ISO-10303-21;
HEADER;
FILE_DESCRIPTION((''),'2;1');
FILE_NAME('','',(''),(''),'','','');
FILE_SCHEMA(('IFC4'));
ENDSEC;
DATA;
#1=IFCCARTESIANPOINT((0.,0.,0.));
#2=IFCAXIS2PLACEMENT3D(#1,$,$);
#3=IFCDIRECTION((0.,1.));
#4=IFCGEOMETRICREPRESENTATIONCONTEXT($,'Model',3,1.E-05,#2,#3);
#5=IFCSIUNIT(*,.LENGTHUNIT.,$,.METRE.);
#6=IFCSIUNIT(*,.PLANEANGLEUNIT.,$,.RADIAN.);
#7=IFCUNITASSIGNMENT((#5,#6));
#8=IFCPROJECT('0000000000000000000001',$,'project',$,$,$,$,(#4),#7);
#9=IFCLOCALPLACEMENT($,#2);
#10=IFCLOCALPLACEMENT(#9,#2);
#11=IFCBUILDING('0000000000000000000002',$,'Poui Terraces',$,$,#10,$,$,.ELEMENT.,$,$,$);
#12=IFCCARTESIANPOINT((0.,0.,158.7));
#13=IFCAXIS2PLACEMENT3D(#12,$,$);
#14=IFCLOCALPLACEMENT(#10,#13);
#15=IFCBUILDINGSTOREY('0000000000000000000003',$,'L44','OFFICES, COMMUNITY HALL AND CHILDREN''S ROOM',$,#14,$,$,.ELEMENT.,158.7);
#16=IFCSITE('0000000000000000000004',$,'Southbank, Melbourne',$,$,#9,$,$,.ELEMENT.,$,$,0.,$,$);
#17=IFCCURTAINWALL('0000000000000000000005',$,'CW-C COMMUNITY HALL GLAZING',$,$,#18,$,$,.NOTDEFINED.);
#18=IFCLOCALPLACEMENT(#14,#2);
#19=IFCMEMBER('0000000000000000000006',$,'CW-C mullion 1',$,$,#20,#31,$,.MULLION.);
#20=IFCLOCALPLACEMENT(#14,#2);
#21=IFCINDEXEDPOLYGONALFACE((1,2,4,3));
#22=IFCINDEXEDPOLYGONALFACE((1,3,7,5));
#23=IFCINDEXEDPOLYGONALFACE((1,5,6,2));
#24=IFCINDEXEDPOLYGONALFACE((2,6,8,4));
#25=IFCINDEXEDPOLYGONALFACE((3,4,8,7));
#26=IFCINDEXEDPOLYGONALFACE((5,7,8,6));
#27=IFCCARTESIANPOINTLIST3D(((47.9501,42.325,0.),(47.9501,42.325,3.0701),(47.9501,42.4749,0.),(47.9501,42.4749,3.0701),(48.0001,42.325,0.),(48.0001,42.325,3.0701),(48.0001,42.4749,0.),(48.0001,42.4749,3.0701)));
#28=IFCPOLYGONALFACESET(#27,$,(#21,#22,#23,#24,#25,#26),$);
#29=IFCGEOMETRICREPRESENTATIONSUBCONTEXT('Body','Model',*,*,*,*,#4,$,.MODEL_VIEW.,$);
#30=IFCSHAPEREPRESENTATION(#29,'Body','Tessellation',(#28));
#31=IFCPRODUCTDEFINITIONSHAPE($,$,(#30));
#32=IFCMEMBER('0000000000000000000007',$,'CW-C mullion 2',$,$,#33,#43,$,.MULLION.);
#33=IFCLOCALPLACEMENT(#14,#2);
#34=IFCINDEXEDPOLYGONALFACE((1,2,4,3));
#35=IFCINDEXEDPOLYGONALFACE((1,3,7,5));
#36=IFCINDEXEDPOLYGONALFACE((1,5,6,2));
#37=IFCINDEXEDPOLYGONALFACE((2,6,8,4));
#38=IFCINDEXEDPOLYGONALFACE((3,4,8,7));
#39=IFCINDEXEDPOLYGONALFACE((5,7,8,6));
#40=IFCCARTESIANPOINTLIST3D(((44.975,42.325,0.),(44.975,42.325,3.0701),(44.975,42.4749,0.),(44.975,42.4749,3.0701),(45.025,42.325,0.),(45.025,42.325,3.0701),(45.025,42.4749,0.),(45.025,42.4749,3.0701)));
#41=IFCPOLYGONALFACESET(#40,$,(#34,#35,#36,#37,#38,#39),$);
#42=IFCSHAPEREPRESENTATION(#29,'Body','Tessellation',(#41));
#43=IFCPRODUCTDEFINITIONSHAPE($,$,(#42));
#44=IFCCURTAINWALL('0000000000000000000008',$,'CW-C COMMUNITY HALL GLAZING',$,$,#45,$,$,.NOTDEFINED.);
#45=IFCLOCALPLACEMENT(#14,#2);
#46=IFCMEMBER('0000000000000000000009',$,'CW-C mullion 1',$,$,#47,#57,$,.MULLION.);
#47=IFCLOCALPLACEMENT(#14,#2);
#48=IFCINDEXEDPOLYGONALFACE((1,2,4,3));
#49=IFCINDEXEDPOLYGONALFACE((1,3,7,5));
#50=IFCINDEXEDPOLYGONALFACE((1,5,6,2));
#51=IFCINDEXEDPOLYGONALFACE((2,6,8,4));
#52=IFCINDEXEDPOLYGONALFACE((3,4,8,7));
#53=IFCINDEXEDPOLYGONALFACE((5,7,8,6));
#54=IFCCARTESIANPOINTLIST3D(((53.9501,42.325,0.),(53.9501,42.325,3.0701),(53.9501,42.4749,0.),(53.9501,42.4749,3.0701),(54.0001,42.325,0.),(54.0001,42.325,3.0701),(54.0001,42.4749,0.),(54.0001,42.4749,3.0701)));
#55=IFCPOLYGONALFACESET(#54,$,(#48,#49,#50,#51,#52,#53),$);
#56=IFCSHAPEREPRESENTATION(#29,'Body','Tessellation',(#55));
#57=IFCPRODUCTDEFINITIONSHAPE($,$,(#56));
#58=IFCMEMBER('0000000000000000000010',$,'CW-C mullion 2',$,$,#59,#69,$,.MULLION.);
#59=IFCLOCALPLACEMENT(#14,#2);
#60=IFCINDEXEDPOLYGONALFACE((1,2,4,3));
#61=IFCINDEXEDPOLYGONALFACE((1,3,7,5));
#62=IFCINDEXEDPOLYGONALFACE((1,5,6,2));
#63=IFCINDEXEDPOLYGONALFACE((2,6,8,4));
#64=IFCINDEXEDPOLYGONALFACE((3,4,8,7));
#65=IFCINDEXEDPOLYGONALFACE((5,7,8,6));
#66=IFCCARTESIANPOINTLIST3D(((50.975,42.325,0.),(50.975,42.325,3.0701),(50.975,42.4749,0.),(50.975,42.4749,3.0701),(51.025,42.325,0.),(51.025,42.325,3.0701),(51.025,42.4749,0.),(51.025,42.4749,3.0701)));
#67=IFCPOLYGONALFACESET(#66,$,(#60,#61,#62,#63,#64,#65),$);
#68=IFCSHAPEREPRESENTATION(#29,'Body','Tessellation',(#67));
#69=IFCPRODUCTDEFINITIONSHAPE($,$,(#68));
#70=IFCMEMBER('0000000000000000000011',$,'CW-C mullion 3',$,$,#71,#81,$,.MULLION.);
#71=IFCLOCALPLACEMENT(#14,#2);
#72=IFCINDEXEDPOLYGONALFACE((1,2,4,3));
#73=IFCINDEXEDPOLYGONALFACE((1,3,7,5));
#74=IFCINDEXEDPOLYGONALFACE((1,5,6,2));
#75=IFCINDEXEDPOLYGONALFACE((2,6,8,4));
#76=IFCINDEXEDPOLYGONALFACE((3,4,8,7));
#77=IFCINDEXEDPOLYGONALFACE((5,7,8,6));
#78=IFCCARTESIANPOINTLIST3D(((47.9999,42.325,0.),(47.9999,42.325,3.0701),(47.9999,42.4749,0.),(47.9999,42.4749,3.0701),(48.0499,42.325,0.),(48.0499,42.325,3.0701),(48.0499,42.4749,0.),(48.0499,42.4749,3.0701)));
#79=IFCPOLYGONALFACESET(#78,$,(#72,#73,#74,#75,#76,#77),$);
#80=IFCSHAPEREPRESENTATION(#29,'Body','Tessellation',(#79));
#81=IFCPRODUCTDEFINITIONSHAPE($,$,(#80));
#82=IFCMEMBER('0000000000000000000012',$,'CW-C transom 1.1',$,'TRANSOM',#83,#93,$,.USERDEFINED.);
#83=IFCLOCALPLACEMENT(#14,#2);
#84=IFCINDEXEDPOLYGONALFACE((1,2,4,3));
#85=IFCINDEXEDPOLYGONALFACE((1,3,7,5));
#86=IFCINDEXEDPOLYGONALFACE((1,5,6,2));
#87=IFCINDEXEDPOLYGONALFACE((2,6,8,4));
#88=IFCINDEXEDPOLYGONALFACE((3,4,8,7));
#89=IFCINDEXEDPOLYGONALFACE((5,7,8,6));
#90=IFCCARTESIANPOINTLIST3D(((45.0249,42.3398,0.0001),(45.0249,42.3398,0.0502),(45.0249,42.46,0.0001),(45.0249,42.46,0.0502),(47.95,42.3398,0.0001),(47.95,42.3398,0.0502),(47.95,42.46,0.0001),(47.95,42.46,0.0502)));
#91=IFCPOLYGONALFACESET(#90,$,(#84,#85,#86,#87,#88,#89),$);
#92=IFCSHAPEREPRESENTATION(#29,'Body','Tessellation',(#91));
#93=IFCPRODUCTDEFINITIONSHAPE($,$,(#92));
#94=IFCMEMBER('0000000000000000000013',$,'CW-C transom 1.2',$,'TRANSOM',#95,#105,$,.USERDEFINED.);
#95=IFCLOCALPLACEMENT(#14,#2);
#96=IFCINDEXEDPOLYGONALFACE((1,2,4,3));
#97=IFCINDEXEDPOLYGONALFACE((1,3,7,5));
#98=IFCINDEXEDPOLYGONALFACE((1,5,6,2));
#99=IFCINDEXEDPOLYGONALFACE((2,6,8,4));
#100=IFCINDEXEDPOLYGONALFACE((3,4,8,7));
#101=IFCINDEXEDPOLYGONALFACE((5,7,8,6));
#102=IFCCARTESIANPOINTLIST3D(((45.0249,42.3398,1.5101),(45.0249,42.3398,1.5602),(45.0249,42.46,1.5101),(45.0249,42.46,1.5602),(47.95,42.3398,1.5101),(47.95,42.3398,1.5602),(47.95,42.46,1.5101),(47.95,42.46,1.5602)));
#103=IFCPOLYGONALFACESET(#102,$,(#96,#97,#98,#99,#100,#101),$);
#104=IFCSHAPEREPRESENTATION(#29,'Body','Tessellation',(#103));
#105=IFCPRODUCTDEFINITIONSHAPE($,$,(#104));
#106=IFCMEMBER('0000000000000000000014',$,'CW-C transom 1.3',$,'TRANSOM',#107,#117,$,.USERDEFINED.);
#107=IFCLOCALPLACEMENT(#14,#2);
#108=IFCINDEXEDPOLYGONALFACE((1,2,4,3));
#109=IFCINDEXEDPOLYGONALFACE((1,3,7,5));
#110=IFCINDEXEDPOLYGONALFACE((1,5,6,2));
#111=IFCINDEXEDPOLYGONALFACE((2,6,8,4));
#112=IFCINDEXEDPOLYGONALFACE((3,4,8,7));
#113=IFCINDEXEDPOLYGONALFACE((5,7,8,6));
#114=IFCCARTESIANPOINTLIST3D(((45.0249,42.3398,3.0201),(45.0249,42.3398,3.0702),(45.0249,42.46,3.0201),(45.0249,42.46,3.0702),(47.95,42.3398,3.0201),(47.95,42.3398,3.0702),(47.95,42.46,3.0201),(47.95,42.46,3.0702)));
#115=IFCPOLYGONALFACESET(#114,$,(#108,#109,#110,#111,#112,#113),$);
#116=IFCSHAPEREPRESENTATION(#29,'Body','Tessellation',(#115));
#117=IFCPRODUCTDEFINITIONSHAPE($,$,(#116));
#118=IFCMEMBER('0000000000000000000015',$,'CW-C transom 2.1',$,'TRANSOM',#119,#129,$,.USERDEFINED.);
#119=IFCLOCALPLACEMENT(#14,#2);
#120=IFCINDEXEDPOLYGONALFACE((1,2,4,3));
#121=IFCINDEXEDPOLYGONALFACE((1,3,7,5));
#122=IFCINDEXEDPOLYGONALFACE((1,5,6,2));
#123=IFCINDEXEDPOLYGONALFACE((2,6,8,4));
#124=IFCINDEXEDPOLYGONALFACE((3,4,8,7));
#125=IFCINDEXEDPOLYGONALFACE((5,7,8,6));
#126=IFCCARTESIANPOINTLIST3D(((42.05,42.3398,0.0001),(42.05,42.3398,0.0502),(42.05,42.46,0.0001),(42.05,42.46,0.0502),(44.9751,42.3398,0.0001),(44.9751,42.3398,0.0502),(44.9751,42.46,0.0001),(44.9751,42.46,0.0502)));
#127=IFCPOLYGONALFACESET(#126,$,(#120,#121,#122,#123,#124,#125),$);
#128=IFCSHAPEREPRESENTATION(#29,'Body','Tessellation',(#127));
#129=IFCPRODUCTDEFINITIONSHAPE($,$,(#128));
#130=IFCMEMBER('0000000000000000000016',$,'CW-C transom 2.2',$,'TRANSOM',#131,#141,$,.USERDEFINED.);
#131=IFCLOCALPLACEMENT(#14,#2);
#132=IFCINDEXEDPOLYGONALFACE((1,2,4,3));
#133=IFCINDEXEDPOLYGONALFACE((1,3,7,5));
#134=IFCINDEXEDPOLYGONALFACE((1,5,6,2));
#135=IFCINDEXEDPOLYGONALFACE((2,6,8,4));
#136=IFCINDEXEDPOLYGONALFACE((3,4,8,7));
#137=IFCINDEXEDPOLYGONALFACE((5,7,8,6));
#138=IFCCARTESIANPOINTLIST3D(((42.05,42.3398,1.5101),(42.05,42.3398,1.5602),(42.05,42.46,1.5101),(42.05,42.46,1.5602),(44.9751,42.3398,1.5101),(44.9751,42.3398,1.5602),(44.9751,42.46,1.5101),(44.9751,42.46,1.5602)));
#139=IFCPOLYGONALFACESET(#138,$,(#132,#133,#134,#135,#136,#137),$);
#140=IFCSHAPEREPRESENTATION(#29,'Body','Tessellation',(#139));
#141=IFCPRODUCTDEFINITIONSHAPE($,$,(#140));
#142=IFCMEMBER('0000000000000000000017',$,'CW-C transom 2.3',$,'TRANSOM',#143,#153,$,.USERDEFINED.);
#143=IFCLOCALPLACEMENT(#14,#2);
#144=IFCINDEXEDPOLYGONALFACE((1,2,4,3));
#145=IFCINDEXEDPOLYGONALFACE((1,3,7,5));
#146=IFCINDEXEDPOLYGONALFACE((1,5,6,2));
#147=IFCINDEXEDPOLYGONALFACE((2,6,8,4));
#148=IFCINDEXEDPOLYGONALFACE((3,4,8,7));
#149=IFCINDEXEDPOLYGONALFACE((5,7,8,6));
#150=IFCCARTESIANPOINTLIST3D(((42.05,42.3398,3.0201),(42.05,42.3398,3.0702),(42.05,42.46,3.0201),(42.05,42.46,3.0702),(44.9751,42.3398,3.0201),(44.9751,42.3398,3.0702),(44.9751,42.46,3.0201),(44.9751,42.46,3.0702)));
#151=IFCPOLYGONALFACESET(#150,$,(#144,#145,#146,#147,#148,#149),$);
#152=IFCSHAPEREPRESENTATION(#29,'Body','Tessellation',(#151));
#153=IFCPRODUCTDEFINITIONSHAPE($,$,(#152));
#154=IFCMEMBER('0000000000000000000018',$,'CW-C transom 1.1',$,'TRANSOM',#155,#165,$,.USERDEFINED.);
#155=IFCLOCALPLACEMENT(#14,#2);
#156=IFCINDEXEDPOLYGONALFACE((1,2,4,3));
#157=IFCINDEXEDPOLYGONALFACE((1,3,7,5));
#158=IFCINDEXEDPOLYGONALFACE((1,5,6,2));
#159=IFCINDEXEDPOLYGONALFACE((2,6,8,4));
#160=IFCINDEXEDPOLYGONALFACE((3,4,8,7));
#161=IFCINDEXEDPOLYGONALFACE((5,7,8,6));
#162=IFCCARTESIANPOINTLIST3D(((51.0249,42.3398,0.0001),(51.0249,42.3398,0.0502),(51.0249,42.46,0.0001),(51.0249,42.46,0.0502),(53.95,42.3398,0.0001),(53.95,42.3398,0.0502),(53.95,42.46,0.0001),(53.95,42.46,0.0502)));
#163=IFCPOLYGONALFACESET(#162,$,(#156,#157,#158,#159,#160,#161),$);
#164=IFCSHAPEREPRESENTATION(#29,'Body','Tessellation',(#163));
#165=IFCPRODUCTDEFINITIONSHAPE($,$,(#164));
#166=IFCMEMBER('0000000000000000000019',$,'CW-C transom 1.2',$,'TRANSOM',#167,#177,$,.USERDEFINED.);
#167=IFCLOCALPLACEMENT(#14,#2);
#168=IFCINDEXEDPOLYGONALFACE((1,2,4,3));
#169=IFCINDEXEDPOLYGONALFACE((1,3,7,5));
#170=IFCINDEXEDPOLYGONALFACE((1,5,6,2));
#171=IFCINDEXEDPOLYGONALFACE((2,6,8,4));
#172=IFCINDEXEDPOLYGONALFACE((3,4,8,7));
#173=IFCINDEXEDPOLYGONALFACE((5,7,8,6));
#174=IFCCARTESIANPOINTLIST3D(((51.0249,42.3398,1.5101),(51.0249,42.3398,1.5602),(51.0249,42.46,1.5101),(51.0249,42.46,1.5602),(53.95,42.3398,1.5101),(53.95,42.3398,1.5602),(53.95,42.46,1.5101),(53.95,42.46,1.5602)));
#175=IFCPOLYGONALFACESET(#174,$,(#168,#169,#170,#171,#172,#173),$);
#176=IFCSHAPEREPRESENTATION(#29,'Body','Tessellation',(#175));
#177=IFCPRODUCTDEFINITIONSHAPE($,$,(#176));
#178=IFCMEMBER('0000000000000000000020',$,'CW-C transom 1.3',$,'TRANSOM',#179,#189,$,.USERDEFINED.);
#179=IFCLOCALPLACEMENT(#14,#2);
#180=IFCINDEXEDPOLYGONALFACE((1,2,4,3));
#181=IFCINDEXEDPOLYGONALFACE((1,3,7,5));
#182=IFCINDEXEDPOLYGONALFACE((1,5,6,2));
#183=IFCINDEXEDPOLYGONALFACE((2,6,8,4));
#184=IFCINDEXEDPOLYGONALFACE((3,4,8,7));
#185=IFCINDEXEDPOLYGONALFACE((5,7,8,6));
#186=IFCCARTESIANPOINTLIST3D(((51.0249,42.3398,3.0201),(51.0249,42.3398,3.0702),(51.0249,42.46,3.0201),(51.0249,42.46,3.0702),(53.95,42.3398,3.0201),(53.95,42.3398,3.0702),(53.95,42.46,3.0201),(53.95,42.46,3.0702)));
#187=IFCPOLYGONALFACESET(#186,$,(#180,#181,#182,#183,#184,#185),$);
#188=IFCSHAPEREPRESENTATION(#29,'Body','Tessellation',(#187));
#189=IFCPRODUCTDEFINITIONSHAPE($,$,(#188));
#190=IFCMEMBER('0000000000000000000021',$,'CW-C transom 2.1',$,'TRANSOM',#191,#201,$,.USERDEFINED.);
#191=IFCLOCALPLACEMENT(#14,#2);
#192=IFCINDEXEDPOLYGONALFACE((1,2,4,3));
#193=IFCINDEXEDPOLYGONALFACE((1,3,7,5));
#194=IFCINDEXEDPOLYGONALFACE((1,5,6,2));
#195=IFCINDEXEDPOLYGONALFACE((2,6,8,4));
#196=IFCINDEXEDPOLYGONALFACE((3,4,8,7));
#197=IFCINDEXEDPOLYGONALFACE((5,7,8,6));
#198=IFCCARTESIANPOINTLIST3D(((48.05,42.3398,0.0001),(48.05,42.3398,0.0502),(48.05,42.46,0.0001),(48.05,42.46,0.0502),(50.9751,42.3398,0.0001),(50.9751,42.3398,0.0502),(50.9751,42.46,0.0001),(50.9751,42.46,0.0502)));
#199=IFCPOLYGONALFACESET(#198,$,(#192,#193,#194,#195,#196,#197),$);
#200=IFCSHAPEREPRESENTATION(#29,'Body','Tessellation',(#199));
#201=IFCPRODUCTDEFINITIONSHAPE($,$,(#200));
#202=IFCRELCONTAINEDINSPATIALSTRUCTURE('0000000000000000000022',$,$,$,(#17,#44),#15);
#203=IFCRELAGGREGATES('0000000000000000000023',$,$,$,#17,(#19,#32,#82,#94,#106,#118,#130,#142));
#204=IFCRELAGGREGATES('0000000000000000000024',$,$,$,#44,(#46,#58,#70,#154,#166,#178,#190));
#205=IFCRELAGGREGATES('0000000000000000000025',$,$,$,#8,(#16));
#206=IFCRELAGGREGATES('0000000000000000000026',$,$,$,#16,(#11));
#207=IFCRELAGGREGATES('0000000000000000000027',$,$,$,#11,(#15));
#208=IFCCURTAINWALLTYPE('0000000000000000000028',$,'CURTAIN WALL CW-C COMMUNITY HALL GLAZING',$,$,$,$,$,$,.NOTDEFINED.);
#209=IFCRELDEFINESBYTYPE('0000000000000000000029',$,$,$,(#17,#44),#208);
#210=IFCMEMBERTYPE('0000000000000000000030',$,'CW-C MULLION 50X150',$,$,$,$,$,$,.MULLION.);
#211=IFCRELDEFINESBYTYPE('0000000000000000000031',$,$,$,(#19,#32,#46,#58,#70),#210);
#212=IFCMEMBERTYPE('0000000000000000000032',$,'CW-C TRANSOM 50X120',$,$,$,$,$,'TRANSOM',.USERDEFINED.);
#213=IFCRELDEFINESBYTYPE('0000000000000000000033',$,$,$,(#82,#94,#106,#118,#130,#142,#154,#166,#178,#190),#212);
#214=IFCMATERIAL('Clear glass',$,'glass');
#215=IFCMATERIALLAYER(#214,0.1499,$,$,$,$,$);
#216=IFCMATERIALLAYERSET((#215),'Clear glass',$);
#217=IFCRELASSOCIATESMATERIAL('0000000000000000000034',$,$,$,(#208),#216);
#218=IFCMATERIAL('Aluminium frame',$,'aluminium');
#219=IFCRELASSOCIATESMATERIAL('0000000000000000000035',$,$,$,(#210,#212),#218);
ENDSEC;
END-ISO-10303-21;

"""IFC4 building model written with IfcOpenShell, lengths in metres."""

from ifc_helpers import new_model, si_unit, direction, frame, origin, origin_2d, place, context, subcontext, project, spatial, rectangle, extrude, material, layer, layer_set, material_profile, profile_set, type_object, element, aggregate, save


model = new_model("IFC4")

# Units and contexts
model_context = context("Model", 3, precision=1e-05, world=origin(), true_north=direction((0.0, 1.0)))
body_context = subcontext(model_context, "Body", "Model", "MODEL_VIEW")
ifc_project = project(units=[si_unit("LENGTHUNIT", "METRE"), si_unit("PLANEANGLEUNIT", "RADIAN")], contexts=[model_context])

# Site, building, storey
site_placement = place(None, origin())
site = spatial("IfcSite", under=ifc_project, at=site_placement, Name="Southbank, Melbourne", CompositionType="ELEMENT", RefElevation=0.0)
building_placement = place(site_placement, origin())
building = spatial("IfcBuilding", under=site, at=building_placement, Name="Poui Terraces", CompositionType="ELEMENT")
storey_placement = place(building_placement, frame((0.0, 0.0, 158.7)))
storey = spatial("IfcBuildingStorey", under=building, at=storey_placement, Name="L44", Description="OFFICES, COMMUNITY HALL AND CHILDREN'S ROOM", CompositionType="ELEMENT", Elevation=158.7)

# Curtain walls, members
ifc_material_1 = material(Name="Clear glass", Category="glass")
ifc_layer_1 = layer(ifc_material_1, 0.1499)
ifc_layer_set_1 = layer_set([ifc_layer_1], Name="Clear glass")
curtain_wall_type = type_object("IfcCurtainWallType", Name="CURTAIN WALL CW-C COMMUNITY HALL GLAZING", PredefinedType="NOTDEFINED", material=ifc_layer_set_1)
curtain_wall_1_placement = place(storey_placement, origin())
curtain_wall_1 = element("IfcCurtainWall", 1, at=curtain_wall_1_placement, inside=storey, type_object=curtain_wall_type, Name="CW-C COMMUNITY HALL GLAZING", PredefinedType="NOTDEFINED")
ifc_material_2 = material(Name="Aluminium frame", Category="aluminium")
ifc_material_profile_1 = material_profile(ifc_material_2, rectangle(XDim=0.1499, YDim=0.05, at=origin_2d()), Name="CW-C MULLION 50X150")
ifc_profile_set_1 = profile_set([ifc_material_profile_1], Name="Aluminium frame")
member_type_1 = type_object("IfcMemberType", Name="CW-C MULLION 50X150", PredefinedType="MULLION", material=ifc_profile_set_1)
member_1_placement = place(storey_placement, frame((47.9751, 42.3999, 0.0), z_axis=(0.0, 0.0, 1.0), x_axis=(0.0, -1.0, 0.0)))
member_1 = element("IfcMember", 2, at=member_1_placement, type_object=member_type_1, Name="CW-C mullion 1", PredefinedType="MULLION", context=body_context, shape_type="SweptSolid", body=[
    extrude(rectangle(XDim=0.1499, YDim=0.05, at=origin_2d()), origin(), (0.0, 0.0, 1.0), 3.0701),
])
member_2_placement = place(storey_placement, frame((45.0, 42.3999, 0.0), z_axis=(0.0, 0.0, 1.0), x_axis=(0.0, -1.0, 0.0)))
member_2 = element("IfcMember", 3, at=member_2_placement, type_object=member_type_1, Name="CW-C mullion 2", PredefinedType="MULLION", context=body_context, shape_type="SweptSolid", body=[
    extrude(rectangle(XDim=0.1499, YDim=0.05, at=origin_2d()), origin(), (0.0, 0.0, 1.0), 3.0701),
])
curtain_wall_2_placement = place(storey_placement, origin())
curtain_wall_2 = element("IfcCurtainWall", 4, at=curtain_wall_2_placement, inside=storey, type_object=curtain_wall_type, Name="CW-C COMMUNITY HALL GLAZING", PredefinedType="NOTDEFINED")
member_3_placement = place(storey_placement, frame((53.9751, 42.3999, 0.0), z_axis=(0.0, 0.0, 1.0), x_axis=(0.0, -1.0, 0.0)))
member_3 = element("IfcMember", 5, at=member_3_placement, type_object=member_type_1, Name="CW-C mullion 1", PredefinedType="MULLION", context=body_context, shape_type="SweptSolid", body=[
    extrude(rectangle(XDim=0.1499, YDim=0.05, at=origin_2d()), origin(), (0.0, 0.0, 1.0), 3.0701),
])
member_4_placement = place(storey_placement, frame((51.0, 42.3999, 0.0), z_axis=(0.0, 0.0, 1.0), x_axis=(0.0, -1.0, 0.0)))
member_4 = element("IfcMember", 6, at=member_4_placement, type_object=member_type_1, Name="CW-C mullion 2", PredefinedType="MULLION", context=body_context, shape_type="SweptSolid", body=[
    extrude(rectangle(XDim=0.1499, YDim=0.05, at=origin_2d()), origin(), (0.0, 0.0, 1.0), 3.0701),
])
member_5_placement = place(storey_placement, frame((48.0249, 42.3999, 0.0), z_axis=(0.0, 0.0, 1.0), x_axis=(0.0, -1.0, 0.0)))
member_5 = element("IfcMember", 7, at=member_5_placement, type_object=member_type_1, Name="CW-C mullion 3", PredefinedType="MULLION", context=body_context, shape_type="SweptSolid", body=[
    extrude(rectangle(XDim=0.1499, YDim=0.05, at=origin_2d()), origin(), (0.0, 0.0, 1.0), 3.0701),
])

# Members
ifc_material_profile_2 = material_profile(ifc_material_2, rectangle(XDim=0.1201, YDim=0.05, at=origin_2d()), Name="CW-C TRANSOM 50X120")
ifc_profile_set_2 = profile_set([ifc_material_profile_2], Name="Aluminium frame")
member_type_2 = type_object("IfcMemberType", Name="CW-C TRANSOM 50X120", ElementType="TRANSOM", PredefinedType="USERDEFINED", material=ifc_profile_set_2)
member_6_placement = place(storey_placement, frame((47.95, 42.3999, 0.0251), z_axis=(-1.0, 0.0, 0.0), x_axis=(0.0, -1.0, 0.0)))
member_6 = element("IfcMember", 8, at=member_6_placement, type_object=member_type_2, Name="CW-C transom 1.1", ObjectType="TRANSOM", PredefinedType="USERDEFINED", context=body_context, shape_type="SweptSolid", body=[
    extrude(rectangle(XDim=0.1201, YDim=0.05, at=origin_2d()), origin(), (0.0, 0.0, 1.0), 2.925),
])
member_7_placement = place(storey_placement, frame((47.95, 42.3999, 1.5352), z_axis=(-1.0, 0.0, 0.0), x_axis=(0.0, -1.0, 0.0)))
member_7 = element("IfcMember", 9, at=member_7_placement, type_object=member_type_2, Name="CW-C transom 1.2", ObjectType="TRANSOM", PredefinedType="USERDEFINED", context=body_context, shape_type="SweptSolid", body=[
    extrude(rectangle(XDim=0.1201, YDim=0.05, at=origin_2d()), origin(), (0.0, 0.0, 1.0), 2.925),
])
member_8_placement = place(storey_placement, frame((47.95, 42.3999, 3.0452), z_axis=(-1.0, 0.0, 0.0), x_axis=(0.0, -1.0, 0.0)))
member_8 = element("IfcMember", 10, at=member_8_placement, type_object=member_type_2, Name="CW-C transom 1.3", ObjectType="TRANSOM", PredefinedType="USERDEFINED", context=body_context, shape_type="SweptSolid", body=[
    extrude(rectangle(XDim=0.1201, YDim=0.05, at=origin_2d()), origin(), (0.0, 0.0, 1.0), 2.925),
])
member_9_placement = place(storey_placement, frame((44.9751, 42.3999, 0.0251), z_axis=(-1.0, 0.0, 0.0), x_axis=(0.0, -1.0, 0.0)))
member_9 = element("IfcMember", 11, at=member_9_placement, type_object=member_type_2, Name="CW-C transom 2.1", ObjectType="TRANSOM", PredefinedType="USERDEFINED", context=body_context, shape_type="SweptSolid", body=[
    extrude(rectangle(XDim=0.1201, YDim=0.05, at=origin_2d()), origin(), (0.0, 0.0, 1.0), 2.925),
])
member_10_placement = place(storey_placement, frame((44.9751, 42.3999, 1.5352), z_axis=(-1.0, 0.0, 0.0), x_axis=(0.0, -1.0, 0.0)))
member_10 = element("IfcMember", 12, at=member_10_placement, type_object=member_type_2, Name="CW-C transom 2.2", ObjectType="TRANSOM", PredefinedType="USERDEFINED", context=body_context, shape_type="SweptSolid", body=[
    extrude(rectangle(XDim=0.1201, YDim=0.05, at=origin_2d()), origin(), (0.0, 0.0, 1.0), 2.925),
])
member_11_placement = place(storey_placement, frame((44.9751, 42.3999, 3.0452), z_axis=(-1.0, 0.0, 0.0), x_axis=(0.0, -1.0, 0.0)))
member_11 = element("IfcMember", 13, at=member_11_placement, type_object=member_type_2, Name="CW-C transom 2.3", ObjectType="TRANSOM", PredefinedType="USERDEFINED", context=body_context, shape_type="SweptSolid", body=[
    extrude(rectangle(XDim=0.1201, YDim=0.05, at=origin_2d()), origin(), (0.0, 0.0, 1.0), 2.925),
])
member_12_placement = place(storey_placement, frame((53.95, 42.3999, 0.0251), z_axis=(-1.0, 0.0, 0.0), x_axis=(0.0, -1.0, 0.0)))
member_12 = element("IfcMember", 14, at=member_12_placement, type_object=member_type_2, Name="CW-C transom 1.1", ObjectType="TRANSOM", PredefinedType="USERDEFINED", context=body_context, shape_type="SweptSolid", body=[
    extrude(rectangle(XDim=0.1201, YDim=0.05, at=origin_2d()), origin(), (0.0, 0.0, 1.0), 2.925),
])
member_13_placement = place(storey_placement, frame((53.95, 42.3999, 1.5352), z_axis=(-1.0, 0.0, 0.0), x_axis=(0.0, -1.0, 0.0)))
member_13 = element("IfcMember", 15, at=member_13_placement, type_object=member_type_2, Name="CW-C transom 1.2", ObjectType="TRANSOM", PredefinedType="USERDEFINED", context=body_context, shape_type="SweptSolid", body=[
    extrude(rectangle(XDim=0.1201, YDim=0.05, at=origin_2d()), origin(), (0.0, 0.0, 1.0), 2.925),
])
member_14_placement = place(storey_placement, frame((53.95, 42.3999, 3.0452), z_axis=(-1.0, 0.0, 0.0), x_axis=(0.0, -1.0, 0.0)))
member_14 = element("IfcMember", 16, at=member_14_placement, type_object=member_type_2, Name="CW-C transom 1.3", ObjectType="TRANSOM", PredefinedType="USERDEFINED", context=body_context, shape_type="SweptSolid", body=[
    extrude(rectangle(XDim=0.1201, YDim=0.05, at=origin_2d()), origin(), (0.0, 0.0, 1.0), 2.925),
])
member_15_placement = place(storey_placement, frame((50.9751, 42.3999, 0.0251), z_axis=(-1.0, 0.0, 0.0), x_axis=(0.0, -1.0, 0.0)))
member_15 = element("IfcMember", 17, at=member_15_placement, type_object=member_type_2, Name="CW-C transom 2.1", ObjectType="TRANSOM", PredefinedType="USERDEFINED", context=body_context, shape_type="SweptSolid", body=[
    extrude(rectangle(XDim=0.1201, YDim=0.05, at=origin_2d()), origin(), (0.0, 0.0, 1.0), 2.925),
])

aggregate(curtain_wall_1, [member_1, member_2, member_6, member_7, member_8, member_9, member_10, member_11])
aggregate(curtain_wall_2, [member_3, member_4, member_5, member_12, member_13, member_14, member_15])

save(model, "model.ifc")
